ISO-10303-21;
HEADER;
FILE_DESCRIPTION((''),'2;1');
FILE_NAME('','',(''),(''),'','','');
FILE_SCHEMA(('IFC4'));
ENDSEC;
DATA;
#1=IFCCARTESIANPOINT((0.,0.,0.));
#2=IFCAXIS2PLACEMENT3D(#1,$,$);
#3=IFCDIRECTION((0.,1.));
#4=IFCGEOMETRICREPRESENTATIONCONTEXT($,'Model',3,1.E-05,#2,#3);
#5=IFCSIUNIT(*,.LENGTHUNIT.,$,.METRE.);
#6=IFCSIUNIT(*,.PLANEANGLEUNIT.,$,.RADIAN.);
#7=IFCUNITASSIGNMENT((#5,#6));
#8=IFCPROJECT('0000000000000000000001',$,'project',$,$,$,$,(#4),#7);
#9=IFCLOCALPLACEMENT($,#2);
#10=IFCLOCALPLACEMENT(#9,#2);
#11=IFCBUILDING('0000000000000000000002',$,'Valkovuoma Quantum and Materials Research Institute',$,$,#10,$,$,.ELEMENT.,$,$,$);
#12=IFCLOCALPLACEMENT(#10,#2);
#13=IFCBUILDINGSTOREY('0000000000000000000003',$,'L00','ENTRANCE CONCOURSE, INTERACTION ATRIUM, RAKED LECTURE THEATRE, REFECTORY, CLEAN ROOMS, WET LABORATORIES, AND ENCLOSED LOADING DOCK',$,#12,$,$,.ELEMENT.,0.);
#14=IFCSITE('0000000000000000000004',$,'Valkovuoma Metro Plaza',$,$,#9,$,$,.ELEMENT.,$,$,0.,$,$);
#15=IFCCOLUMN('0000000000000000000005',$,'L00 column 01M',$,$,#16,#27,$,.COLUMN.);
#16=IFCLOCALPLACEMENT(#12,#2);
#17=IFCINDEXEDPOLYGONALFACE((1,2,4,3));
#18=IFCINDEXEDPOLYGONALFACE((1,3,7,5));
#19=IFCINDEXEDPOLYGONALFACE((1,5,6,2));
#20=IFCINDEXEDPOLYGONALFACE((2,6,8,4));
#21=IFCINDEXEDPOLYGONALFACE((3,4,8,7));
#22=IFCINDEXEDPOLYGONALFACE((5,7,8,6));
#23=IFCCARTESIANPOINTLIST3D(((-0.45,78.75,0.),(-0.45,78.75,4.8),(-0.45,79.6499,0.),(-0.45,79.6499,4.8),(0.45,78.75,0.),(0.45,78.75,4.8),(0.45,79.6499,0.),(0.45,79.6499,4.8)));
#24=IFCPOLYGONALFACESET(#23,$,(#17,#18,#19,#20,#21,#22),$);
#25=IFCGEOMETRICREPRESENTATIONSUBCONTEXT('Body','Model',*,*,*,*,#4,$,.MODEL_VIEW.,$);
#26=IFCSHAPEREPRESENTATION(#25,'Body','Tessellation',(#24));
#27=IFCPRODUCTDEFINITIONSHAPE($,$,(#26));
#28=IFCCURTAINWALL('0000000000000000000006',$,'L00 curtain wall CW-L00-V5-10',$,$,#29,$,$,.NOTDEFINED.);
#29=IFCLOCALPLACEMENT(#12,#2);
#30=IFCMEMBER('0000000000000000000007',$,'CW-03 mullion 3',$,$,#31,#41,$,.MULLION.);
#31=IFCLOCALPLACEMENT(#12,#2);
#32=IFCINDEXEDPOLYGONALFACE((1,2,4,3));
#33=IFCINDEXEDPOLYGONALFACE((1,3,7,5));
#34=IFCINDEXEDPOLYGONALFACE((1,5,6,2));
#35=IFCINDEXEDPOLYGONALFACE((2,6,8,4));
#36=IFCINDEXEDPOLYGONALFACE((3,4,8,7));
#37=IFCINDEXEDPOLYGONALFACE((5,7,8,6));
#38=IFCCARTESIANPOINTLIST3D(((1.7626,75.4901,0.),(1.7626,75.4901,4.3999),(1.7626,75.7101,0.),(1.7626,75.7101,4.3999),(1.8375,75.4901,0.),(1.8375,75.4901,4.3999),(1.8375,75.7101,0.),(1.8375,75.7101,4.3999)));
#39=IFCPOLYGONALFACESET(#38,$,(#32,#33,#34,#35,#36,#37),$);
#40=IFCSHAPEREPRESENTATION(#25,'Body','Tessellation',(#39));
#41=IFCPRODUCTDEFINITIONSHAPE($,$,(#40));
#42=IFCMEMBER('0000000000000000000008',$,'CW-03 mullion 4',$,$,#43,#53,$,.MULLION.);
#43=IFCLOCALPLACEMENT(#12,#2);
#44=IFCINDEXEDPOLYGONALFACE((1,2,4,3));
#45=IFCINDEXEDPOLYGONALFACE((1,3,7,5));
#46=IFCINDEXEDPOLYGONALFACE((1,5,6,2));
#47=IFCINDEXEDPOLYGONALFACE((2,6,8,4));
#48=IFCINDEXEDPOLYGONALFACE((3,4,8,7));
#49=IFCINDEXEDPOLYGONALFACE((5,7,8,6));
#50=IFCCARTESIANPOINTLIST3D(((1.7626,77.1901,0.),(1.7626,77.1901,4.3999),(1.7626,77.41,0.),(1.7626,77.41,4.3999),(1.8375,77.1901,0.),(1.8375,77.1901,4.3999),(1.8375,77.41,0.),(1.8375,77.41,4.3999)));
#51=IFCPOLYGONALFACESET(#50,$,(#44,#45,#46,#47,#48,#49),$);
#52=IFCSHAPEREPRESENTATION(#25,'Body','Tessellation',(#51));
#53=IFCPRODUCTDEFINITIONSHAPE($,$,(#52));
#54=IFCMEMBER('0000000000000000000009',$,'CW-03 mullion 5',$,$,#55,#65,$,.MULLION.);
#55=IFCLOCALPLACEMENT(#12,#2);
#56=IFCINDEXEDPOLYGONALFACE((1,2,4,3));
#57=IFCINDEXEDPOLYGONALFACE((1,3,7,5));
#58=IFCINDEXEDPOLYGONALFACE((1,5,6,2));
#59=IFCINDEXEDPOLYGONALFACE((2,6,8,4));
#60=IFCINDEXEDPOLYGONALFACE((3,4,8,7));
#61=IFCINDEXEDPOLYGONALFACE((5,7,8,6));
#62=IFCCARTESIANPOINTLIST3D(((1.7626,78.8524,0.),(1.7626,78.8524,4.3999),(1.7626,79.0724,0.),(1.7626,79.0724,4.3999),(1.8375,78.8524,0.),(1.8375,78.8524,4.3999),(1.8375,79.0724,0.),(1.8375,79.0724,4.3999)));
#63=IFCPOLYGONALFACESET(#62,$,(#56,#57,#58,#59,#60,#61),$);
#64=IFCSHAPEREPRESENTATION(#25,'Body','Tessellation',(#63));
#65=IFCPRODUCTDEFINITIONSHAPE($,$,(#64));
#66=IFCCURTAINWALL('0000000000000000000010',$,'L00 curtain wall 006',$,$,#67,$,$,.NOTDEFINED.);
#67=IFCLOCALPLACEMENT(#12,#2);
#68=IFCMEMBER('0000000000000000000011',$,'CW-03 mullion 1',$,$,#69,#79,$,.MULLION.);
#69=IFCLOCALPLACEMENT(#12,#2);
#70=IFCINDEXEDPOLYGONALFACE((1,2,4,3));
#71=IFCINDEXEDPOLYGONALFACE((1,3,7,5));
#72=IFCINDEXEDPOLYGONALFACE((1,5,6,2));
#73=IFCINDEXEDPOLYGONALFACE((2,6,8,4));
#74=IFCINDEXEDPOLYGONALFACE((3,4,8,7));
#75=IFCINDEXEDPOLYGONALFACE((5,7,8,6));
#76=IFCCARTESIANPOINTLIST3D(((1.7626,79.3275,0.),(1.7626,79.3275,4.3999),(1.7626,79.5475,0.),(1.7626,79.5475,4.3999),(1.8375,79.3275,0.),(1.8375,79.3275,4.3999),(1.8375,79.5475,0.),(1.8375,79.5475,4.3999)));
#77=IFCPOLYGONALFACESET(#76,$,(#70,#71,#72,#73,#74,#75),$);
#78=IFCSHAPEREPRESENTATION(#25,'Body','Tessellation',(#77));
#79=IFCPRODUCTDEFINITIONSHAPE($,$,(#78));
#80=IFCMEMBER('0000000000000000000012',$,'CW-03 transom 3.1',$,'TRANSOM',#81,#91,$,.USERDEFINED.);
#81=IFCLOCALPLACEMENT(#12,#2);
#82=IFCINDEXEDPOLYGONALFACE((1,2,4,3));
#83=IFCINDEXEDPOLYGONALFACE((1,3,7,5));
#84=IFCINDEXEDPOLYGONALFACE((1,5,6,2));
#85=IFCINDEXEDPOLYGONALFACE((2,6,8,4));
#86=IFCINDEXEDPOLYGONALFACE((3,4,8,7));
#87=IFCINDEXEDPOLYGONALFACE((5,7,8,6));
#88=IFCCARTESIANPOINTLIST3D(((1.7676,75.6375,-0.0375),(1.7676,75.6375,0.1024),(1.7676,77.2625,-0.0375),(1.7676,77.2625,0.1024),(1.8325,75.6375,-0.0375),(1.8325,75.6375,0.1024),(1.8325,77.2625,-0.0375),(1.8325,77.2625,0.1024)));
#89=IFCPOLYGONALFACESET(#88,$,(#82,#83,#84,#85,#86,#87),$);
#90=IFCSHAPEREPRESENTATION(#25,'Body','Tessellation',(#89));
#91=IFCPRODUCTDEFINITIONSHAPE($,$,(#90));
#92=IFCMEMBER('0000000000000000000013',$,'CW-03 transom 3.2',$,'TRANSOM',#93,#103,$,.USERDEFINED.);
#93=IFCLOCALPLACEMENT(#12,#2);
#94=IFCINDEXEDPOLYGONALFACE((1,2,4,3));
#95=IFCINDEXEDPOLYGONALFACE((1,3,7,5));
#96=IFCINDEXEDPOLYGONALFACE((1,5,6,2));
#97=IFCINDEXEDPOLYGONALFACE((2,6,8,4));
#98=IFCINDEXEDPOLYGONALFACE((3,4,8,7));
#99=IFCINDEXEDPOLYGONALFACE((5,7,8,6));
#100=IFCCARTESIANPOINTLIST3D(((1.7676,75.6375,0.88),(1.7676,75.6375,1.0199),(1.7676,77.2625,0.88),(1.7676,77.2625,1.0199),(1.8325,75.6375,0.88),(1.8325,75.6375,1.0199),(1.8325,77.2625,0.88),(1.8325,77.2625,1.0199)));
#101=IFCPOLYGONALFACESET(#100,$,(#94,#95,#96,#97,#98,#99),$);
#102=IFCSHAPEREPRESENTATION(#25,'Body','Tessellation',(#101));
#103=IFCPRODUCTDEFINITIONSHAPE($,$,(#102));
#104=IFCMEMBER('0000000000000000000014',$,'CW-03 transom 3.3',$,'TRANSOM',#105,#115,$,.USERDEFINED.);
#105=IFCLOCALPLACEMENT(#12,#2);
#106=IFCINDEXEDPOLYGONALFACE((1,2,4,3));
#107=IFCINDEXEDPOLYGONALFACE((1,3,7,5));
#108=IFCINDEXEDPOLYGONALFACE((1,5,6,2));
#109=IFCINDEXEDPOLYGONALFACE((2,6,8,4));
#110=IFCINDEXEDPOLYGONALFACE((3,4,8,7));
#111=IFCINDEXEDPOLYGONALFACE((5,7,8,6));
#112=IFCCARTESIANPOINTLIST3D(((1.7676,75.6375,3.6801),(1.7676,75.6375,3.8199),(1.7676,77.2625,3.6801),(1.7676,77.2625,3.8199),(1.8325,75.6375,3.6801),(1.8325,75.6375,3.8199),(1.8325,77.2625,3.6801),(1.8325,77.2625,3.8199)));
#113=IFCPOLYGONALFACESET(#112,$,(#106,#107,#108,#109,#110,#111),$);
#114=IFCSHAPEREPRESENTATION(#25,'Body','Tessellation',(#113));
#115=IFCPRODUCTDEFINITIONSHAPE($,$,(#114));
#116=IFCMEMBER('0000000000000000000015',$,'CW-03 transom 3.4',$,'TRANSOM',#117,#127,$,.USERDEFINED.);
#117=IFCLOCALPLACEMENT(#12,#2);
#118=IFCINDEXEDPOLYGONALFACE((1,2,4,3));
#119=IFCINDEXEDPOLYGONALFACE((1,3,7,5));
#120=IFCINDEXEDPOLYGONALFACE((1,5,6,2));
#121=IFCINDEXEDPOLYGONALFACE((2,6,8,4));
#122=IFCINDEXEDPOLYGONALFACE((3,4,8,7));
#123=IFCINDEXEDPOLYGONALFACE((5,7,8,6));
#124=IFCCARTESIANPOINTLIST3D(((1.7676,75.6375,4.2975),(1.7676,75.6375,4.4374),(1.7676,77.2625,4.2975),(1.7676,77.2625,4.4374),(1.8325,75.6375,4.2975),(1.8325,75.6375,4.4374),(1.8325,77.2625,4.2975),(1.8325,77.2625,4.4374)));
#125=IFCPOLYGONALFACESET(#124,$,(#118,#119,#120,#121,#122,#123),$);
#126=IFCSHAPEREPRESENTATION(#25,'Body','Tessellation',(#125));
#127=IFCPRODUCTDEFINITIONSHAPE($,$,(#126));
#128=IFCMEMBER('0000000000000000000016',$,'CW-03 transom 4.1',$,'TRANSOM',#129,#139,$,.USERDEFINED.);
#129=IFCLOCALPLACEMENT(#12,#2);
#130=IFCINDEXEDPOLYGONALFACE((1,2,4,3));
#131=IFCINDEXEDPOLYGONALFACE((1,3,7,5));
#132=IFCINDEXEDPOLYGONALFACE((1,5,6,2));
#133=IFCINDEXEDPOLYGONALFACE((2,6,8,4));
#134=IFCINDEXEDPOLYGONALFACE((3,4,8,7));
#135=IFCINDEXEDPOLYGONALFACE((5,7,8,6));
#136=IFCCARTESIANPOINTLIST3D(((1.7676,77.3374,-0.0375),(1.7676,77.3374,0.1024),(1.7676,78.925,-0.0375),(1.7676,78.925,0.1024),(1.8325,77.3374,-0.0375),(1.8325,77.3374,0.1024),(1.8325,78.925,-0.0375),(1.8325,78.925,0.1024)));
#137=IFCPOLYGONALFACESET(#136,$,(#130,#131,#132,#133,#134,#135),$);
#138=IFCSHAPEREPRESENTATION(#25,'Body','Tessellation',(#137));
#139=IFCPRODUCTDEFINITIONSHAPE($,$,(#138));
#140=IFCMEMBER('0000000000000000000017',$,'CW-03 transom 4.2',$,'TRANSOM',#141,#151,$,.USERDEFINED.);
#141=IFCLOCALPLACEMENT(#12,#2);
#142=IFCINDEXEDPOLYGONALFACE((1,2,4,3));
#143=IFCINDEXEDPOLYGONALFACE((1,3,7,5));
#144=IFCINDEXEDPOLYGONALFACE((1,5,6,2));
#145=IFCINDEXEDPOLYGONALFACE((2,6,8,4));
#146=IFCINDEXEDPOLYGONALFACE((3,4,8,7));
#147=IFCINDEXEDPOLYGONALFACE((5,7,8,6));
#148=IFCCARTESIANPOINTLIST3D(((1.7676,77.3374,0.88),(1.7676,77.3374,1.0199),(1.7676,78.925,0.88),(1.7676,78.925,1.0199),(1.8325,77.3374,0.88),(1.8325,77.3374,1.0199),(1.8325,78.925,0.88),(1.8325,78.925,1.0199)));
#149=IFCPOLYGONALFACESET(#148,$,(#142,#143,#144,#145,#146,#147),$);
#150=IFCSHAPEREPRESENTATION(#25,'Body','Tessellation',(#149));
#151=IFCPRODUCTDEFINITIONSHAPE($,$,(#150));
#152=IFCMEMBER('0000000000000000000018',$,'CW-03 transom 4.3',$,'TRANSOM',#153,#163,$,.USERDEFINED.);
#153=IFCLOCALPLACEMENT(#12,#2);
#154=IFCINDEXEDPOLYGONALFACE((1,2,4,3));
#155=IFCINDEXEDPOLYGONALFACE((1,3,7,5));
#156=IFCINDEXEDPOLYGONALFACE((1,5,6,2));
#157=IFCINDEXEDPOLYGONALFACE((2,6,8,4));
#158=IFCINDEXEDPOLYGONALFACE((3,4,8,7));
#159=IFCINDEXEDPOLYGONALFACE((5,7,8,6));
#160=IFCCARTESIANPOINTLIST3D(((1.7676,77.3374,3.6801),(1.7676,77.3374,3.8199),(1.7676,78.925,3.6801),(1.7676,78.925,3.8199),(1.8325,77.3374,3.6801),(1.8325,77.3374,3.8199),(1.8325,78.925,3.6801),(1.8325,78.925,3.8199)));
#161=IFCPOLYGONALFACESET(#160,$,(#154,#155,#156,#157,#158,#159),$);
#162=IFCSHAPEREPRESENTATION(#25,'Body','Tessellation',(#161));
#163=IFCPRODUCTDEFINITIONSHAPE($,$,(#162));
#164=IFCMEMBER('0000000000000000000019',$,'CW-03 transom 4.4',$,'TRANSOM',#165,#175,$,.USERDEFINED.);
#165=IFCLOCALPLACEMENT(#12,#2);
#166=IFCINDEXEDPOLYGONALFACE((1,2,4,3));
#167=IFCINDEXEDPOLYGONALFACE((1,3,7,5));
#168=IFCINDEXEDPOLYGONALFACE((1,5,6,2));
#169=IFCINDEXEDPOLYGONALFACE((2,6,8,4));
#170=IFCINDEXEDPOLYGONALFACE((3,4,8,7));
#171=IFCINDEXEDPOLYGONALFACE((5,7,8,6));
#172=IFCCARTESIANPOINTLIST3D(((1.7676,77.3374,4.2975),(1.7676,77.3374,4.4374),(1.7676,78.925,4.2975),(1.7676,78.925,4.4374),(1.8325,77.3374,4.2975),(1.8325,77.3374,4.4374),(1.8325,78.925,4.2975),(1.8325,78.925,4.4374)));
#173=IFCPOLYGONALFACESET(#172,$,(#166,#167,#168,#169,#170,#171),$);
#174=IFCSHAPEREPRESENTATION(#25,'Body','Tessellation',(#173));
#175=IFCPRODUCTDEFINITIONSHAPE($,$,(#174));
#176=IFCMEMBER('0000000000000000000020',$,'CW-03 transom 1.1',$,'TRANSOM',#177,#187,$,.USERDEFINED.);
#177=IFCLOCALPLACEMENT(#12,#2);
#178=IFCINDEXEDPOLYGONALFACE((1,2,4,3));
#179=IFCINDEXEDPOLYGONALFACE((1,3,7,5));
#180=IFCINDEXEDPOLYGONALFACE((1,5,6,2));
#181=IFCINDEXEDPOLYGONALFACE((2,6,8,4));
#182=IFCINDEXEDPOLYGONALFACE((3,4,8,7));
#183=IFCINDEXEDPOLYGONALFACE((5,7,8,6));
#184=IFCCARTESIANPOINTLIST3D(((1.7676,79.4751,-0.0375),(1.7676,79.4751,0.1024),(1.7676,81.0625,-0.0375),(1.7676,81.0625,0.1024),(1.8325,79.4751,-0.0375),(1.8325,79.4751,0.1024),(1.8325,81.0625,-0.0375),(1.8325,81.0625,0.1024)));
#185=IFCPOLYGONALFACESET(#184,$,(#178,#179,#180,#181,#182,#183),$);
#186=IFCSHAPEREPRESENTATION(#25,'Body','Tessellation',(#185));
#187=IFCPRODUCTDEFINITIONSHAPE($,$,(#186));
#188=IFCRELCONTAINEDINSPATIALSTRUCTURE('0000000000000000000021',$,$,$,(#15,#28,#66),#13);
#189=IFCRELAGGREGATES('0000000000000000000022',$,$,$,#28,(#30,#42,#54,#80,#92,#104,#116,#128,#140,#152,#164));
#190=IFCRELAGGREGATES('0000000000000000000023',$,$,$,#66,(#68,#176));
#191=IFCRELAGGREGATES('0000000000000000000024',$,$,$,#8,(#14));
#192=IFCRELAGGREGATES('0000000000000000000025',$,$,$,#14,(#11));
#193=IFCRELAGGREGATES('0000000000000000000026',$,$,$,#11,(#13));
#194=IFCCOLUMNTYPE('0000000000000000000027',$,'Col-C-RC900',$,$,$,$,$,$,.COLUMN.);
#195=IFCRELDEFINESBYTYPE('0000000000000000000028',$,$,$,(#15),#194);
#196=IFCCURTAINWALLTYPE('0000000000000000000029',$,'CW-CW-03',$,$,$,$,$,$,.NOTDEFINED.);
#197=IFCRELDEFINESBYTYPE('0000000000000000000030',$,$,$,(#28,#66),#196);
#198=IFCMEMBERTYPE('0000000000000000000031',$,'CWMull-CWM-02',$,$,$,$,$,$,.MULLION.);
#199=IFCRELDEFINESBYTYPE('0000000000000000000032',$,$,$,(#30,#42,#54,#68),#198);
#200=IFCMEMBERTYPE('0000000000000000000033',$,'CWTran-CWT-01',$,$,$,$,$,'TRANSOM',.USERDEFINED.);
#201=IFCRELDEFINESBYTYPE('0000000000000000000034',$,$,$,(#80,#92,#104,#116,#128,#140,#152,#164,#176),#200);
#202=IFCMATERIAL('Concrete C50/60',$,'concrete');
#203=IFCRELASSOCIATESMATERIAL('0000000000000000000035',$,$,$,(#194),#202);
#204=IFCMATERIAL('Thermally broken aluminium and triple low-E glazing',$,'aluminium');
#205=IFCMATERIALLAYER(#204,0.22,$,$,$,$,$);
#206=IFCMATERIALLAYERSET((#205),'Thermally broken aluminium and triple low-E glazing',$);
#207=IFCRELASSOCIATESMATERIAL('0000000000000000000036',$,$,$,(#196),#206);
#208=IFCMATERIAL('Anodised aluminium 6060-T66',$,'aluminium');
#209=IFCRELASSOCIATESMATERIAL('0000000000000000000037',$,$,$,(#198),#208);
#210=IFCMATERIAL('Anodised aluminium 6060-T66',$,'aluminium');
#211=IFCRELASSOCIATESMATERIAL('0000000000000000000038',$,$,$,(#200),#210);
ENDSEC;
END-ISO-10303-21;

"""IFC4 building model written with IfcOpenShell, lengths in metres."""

from ifc_helpers import new_model, si_unit, direction, frame, origin, origin_2d, place, context, subcontext, project, spatial, rectangle, extrude, material, layer, layer_set, material_profile, profile_set, type_object, element, aggregate, save


model = new_model("IFC4")

# Units and contexts
model_context = context("Model", 3, precision=1e-05, world=origin(), true_north=direction((0.0, 1.0)))
body_context = subcontext(model_context, "Body", "Model", "MODEL_VIEW")
ifc_project = project(units=[si_unit("LENGTHUNIT", "METRE"), si_unit("PLANEANGLEUNIT", "RADIAN")], contexts=[model_context])

# Site, building, storey
site_placement = place(None, origin())
site = spatial("IfcSite", under=ifc_project, at=site_placement, Name="Valkovuoma Metro Plaza", CompositionType="ELEMENT", RefElevation=0.0)
building_placement = place(site_placement, origin())
building = spatial("IfcBuilding", under=site, at=building_placement, Name="Valkovuoma Quantum and Materials Research Institute", CompositionType="ELEMENT")
storey_placement = place(building_placement, origin())
storey = spatial("IfcBuildingStorey", under=building, at=storey_placement, Name="L00", Description="ENTRANCE CONCOURSE, INTERACTION ATRIUM, RAKED LECTURE THEATRE, REFECTORY, CLEAN ROOMS, WET LABORATORIES, AND ENCLOSED LOADING DOCK", CompositionType="ELEMENT", Elevation=0.0)

# Column
ifc_material_1 = material(Name="Concrete C50/60", Category="concrete")
ifc_material_profile_1 = material_profile(ifc_material_1, rectangle(XDim=0.8999, YDim=0.8999, at=origin_2d()), Name="Concrete C50/60")
ifc_profile_set_1 = profile_set([ifc_material_profile_1], Name="Concrete C50/60")
column_type = type_object("IfcColumnType", Name="Col-C-RC900", PredefinedType="COLUMN", material=ifc_profile_set_1)
column_placement = place(storey_placement, frame((0.0, 79.2, 0.0), z_axis=(0.0, 0.0, 1.0), x_axis=(1.0, 0.0, 0.0)))
element("IfcColumn", 1, at=column_placement, inside=storey, type_object=column_type, Name="L00 column 01M", PredefinedType="COLUMN", context=body_context, shape_type="SweptSolid", body=[
    extrude(rectangle(XDim=0.8999, YDim=0.8999, at=origin_2d()), origin(), (0.0, 0.0, 1.0), 4.8),
])

# Curtain wall, members
ifc_material_2 = material(Name="Thermally broken aluminium and triple low-E glazing", Category="aluminium")
ifc_layer_1 = layer(ifc_material_2, 0.22)
ifc_layer_set_1 = layer_set([ifc_layer_1], Name="Thermally broken aluminium and triple low-E glazing")
curtain_wall_type = type_object("IfcCurtainWallType", Name="CW-CW-03", PredefinedType="NOTDEFINED", material=ifc_layer_set_1)
curtain_wall_1_placement = place(storey_placement, origin())
curtain_wall_1 = element("IfcCurtainWall", 2, at=curtain_wall_1_placement, inside=storey, type_object=curtain_wall_type, Name="L00 curtain wall CW-L00-V5-10", PredefinedType="NOTDEFINED")
ifc_material_3 = material(Name="Anodised aluminium 6060-T66", Category="aluminium")
ifc_material_profile_2 = material_profile(ifc_material_3, rectangle(XDim=0.075, YDim=0.22, at=origin_2d()), Name="Anodised aluminium 6060-T66")
ifc_profile_set_2 = profile_set([ifc_material_profile_2], Name="Anodised aluminium 6060-T66")
member_type_1 = type_object("IfcMemberType", Name="CWMull-CWM-02", PredefinedType="MULLION", material=ifc_profile_set_2)
member_1_placement = place(storey_placement, frame((1.8, 75.6001, 0.0), z_axis=(0.0, 0.0, 1.0), x_axis=(-1.0, 0.0, 0.0)))
member_1 = element("IfcMember", 3, at=member_1_placement, type_object=member_type_1, Name="CW-03 mullion 3", PredefinedType="MULLION", context=body_context, shape_type="SweptSolid", body=[
    extrude(rectangle(XDim=0.075, YDim=0.22, at=origin_2d()), origin(), (0.0, 0.0, 1.0), 4.3999),
])
member_2_placement = place(storey_placement, frame((1.8, 77.3, 0.0), z_axis=(0.0, 0.0, 1.0), x_axis=(-1.0, 0.0, 0.0)))
member_2 = element("IfcMember", 4, at=member_2_placement, type_object=member_type_1, Name="CW-03 mullion 4", PredefinedType="MULLION", context=body_context, shape_type="SweptSolid", body=[
    extrude(rectangle(XDim=0.075, YDim=0.22, at=origin_2d()), origin(), (0.0, 0.0, 1.0), 4.3999),
])
member_3_placement = place(storey_placement, frame((1.8, 78.9624, 0.0), z_axis=(0.0, 0.0, 1.0), x_axis=(-1.0, 0.0, 0.0)))
member_3 = element("IfcMember", 5, at=member_3_placement, type_object=member_type_1, Name="CW-03 mullion 5", PredefinedType="MULLION", context=body_context, shape_type="SweptSolid", body=[
    extrude(rectangle(XDim=0.075, YDim=0.22, at=origin_2d()), origin(), (0.0, 0.0, 1.0), 4.3999),
])

# Curtain wall, member
curtain_wall_2_placement = place(storey_placement, origin())
curtain_wall_2 = element("IfcCurtainWall", 6, at=curtain_wall_2_placement, inside=storey, type_object=curtain_wall_type, Name="L00 curtain wall 006", PredefinedType="NOTDEFINED")
member_4_placement = place(storey_placement, frame((1.8, 79.4375, 0.0), z_axis=(0.0, 0.0, 1.0), x_axis=(-1.0, 0.0, 0.0)))
member_4 = element("IfcMember", 7, at=member_4_placement, type_object=member_type_1, Name="CW-03 mullion 1", PredefinedType="MULLION", context=body_context, shape_type="SweptSolid", body=[
    extrude(rectangle(XDim=0.075, YDim=0.22, at=origin_2d()), origin(), (0.0, 0.0, 1.0), 4.3999),
])

# Members
ifc_material_4 = material(Name="Anodised aluminium 6060-T66", Category="aluminium")
ifc_material_profile_3 = material_profile(ifc_material_4, rectangle(XDim=0.0649, YDim=0.1399, at=origin_2d()), Name="Anodised aluminium 6060-T66")
ifc_profile_set_3 = profile_set([ifc_material_profile_3], Name="Anodised aluminium 6060-T66")
member_type_2 = type_object("IfcMemberType", Name="CWTran-CWT-01", ElementType="TRANSOM", PredefinedType="USERDEFINED", material=ifc_profile_set_3)
member_5_placement = place(storey_placement, frame((1.8, 75.6375, 0.0325), z_axis=(0.0, 1.0, 0.0), x_axis=(-1.0, 0.0, 0.0)))
member_5 = element("IfcMember", 8, at=member_5_placement, type_object=member_type_2, Name="CW-03 transom 3.1", ObjectType="TRANSOM", PredefinedType="USERDEFINED", context=body_context, shape_type="SweptSolid", body=[
    extrude(rectangle(XDim=0.0649, YDim=0.1399, at=origin_2d()), origin(), (0.0, 0.0, 1.0), 1.625),
])
member_6_placement = place(storey_placement, frame((1.8, 75.6375, 0.95), z_axis=(0.0, 1.0, 0.0), x_axis=(-1.0, 0.0, 0.0)))
member_6 = element("IfcMember", 9, at=member_6_placement, type_object=member_type_2, Name="CW-03 transom 3.2", ObjectType="TRANSOM", PredefinedType="USERDEFINED", context=body_context, shape_type="SweptSolid", body=[
    extrude(rectangle(XDim=0.0649, YDim=0.1399, at=origin_2d()), origin(), (0.0, 0.0, 1.0), 1.625),
])
member_7_placement = place(storey_placement, frame((1.8, 75.6375, 3.75), z_axis=(0.0, 1.0, 0.0), x_axis=(-1.0, 0.0, 0.0)))
member_7 = element("IfcMember", 10, at=member_7_placement, type_object=member_type_2, Name="CW-03 transom 3.3", ObjectType="TRANSOM", PredefinedType="USERDEFINED", context=body_context, shape_type="SweptSolid", body=[
    extrude(rectangle(XDim=0.0649, YDim=0.1399, at=origin_2d()), origin(), (0.0, 0.0, 1.0), 1.625),
])
member_8_placement = place(storey_placement, frame((1.8, 75.6375, 4.3674), z_axis=(0.0, 1.0, 0.0), x_axis=(-1.0, 0.0, 0.0)))
member_8 = element("IfcMember", 11, at=member_8_placement, type_object=member_type_2, Name="CW-03 transom 3.4", ObjectType="TRANSOM", PredefinedType="USERDEFINED", context=body_context, shape_type="SweptSolid", body=[
    extrude(rectangle(XDim=0.0649, YDim=0.1399, at=origin_2d()), origin(), (0.0, 0.0, 1.0), 1.625),
])
member_9_placement = place(storey_placement, frame((1.8, 77.3374, 0.0325), z_axis=(0.0, 1.0, 0.0), x_axis=(-1.0, 0.0, 0.0)))
member_9 = element("IfcMember", 12, at=member_9_placement, type_object=member_type_2, Name="CW-03 transom 4.1", ObjectType="TRANSOM", PredefinedType="USERDEFINED", context=body_context, shape_type="SweptSolid", body=[
    extrude(rectangle(XDim=0.0649, YDim=0.1399, at=origin_2d()), origin(), (0.0, 0.0, 1.0), 1.5876),
])
member_10_placement = place(storey_placement, frame((1.8, 77.3374, 0.95), z_axis=(0.0, 1.0, 0.0), x_axis=(-1.0, 0.0, 0.0)))
member_10 = element("IfcMember", 13, at=member_10_placement, type_object=member_type_2, Name="CW-03 transom 4.2", ObjectType="TRANSOM", PredefinedType="USERDEFINED", context=body_context, shape_type="SweptSolid", body=[
    extrude(rectangle(XDim=0.0649, YDim=0.1399, at=origin_2d()), origin(), (0.0, 0.0, 1.0), 1.5876),
])
member_11_placement = place(storey_placement, frame((1.8, 77.3374, 3.75), z_axis=(0.0, 1.0, 0.0), x_axis=(-1.0, 0.0, 0.0)))
member_11 = element("IfcMember", 14, at=member_11_placement, type_object=member_type_2, Name="CW-03 transom 4.3", ObjectType="TRANSOM", PredefinedType="USERDEFINED", context=body_context, shape_type="SweptSolid", body=[
    extrude(rectangle(XDim=0.0649, YDim=0.1399, at=origin_2d()), origin(), (0.0, 0.0, 1.0), 1.5876),
])
member_12_placement = place(storey_placement, frame((1.8, 77.3374, 4.3674), z_axis=(0.0, 1.0, 0.0), x_axis=(-1.0, 0.0, 0.0)))
member_12 = element("IfcMember", 15, at=member_12_placement, type_object=member_type_2, Name="CW-03 transom 4.4", ObjectType="TRANSOM", PredefinedType="USERDEFINED", context=body_context, shape_type="SweptSolid", body=[
    extrude(rectangle(XDim=0.0649, YDim=0.1399, at=origin_2d()), origin(), (0.0, 0.0, 1.0), 1.5876),
])
member_13_placement = place(storey_placement, frame((1.8, 79.4751, 0.0325), z_axis=(0.0, 1.0, 0.0), x_axis=(-1.0, 0.0, 0.0)))
member_13 = element("IfcMember", 16, at=member_13_placement, type_object=member_type_2, Name="CW-03 transom 1.1", ObjectType="TRANSOM", PredefinedType="USERDEFINED", context=body_context, shape_type="SweptSolid", body=[
    extrude(rectangle(XDim=0.0649, YDim=0.1399, at=origin_2d()), origin(), (0.0, 0.0, 1.0), 1.5874),
])

aggregate(curtain_wall_1, [member_1, member_2, member_3, member_5, member_6, member_7, member_8, member_9, member_10, member_11, member_12])
aggregate(curtain_wall_2, [member_4, member_13])

save(model, "model.ifc")
